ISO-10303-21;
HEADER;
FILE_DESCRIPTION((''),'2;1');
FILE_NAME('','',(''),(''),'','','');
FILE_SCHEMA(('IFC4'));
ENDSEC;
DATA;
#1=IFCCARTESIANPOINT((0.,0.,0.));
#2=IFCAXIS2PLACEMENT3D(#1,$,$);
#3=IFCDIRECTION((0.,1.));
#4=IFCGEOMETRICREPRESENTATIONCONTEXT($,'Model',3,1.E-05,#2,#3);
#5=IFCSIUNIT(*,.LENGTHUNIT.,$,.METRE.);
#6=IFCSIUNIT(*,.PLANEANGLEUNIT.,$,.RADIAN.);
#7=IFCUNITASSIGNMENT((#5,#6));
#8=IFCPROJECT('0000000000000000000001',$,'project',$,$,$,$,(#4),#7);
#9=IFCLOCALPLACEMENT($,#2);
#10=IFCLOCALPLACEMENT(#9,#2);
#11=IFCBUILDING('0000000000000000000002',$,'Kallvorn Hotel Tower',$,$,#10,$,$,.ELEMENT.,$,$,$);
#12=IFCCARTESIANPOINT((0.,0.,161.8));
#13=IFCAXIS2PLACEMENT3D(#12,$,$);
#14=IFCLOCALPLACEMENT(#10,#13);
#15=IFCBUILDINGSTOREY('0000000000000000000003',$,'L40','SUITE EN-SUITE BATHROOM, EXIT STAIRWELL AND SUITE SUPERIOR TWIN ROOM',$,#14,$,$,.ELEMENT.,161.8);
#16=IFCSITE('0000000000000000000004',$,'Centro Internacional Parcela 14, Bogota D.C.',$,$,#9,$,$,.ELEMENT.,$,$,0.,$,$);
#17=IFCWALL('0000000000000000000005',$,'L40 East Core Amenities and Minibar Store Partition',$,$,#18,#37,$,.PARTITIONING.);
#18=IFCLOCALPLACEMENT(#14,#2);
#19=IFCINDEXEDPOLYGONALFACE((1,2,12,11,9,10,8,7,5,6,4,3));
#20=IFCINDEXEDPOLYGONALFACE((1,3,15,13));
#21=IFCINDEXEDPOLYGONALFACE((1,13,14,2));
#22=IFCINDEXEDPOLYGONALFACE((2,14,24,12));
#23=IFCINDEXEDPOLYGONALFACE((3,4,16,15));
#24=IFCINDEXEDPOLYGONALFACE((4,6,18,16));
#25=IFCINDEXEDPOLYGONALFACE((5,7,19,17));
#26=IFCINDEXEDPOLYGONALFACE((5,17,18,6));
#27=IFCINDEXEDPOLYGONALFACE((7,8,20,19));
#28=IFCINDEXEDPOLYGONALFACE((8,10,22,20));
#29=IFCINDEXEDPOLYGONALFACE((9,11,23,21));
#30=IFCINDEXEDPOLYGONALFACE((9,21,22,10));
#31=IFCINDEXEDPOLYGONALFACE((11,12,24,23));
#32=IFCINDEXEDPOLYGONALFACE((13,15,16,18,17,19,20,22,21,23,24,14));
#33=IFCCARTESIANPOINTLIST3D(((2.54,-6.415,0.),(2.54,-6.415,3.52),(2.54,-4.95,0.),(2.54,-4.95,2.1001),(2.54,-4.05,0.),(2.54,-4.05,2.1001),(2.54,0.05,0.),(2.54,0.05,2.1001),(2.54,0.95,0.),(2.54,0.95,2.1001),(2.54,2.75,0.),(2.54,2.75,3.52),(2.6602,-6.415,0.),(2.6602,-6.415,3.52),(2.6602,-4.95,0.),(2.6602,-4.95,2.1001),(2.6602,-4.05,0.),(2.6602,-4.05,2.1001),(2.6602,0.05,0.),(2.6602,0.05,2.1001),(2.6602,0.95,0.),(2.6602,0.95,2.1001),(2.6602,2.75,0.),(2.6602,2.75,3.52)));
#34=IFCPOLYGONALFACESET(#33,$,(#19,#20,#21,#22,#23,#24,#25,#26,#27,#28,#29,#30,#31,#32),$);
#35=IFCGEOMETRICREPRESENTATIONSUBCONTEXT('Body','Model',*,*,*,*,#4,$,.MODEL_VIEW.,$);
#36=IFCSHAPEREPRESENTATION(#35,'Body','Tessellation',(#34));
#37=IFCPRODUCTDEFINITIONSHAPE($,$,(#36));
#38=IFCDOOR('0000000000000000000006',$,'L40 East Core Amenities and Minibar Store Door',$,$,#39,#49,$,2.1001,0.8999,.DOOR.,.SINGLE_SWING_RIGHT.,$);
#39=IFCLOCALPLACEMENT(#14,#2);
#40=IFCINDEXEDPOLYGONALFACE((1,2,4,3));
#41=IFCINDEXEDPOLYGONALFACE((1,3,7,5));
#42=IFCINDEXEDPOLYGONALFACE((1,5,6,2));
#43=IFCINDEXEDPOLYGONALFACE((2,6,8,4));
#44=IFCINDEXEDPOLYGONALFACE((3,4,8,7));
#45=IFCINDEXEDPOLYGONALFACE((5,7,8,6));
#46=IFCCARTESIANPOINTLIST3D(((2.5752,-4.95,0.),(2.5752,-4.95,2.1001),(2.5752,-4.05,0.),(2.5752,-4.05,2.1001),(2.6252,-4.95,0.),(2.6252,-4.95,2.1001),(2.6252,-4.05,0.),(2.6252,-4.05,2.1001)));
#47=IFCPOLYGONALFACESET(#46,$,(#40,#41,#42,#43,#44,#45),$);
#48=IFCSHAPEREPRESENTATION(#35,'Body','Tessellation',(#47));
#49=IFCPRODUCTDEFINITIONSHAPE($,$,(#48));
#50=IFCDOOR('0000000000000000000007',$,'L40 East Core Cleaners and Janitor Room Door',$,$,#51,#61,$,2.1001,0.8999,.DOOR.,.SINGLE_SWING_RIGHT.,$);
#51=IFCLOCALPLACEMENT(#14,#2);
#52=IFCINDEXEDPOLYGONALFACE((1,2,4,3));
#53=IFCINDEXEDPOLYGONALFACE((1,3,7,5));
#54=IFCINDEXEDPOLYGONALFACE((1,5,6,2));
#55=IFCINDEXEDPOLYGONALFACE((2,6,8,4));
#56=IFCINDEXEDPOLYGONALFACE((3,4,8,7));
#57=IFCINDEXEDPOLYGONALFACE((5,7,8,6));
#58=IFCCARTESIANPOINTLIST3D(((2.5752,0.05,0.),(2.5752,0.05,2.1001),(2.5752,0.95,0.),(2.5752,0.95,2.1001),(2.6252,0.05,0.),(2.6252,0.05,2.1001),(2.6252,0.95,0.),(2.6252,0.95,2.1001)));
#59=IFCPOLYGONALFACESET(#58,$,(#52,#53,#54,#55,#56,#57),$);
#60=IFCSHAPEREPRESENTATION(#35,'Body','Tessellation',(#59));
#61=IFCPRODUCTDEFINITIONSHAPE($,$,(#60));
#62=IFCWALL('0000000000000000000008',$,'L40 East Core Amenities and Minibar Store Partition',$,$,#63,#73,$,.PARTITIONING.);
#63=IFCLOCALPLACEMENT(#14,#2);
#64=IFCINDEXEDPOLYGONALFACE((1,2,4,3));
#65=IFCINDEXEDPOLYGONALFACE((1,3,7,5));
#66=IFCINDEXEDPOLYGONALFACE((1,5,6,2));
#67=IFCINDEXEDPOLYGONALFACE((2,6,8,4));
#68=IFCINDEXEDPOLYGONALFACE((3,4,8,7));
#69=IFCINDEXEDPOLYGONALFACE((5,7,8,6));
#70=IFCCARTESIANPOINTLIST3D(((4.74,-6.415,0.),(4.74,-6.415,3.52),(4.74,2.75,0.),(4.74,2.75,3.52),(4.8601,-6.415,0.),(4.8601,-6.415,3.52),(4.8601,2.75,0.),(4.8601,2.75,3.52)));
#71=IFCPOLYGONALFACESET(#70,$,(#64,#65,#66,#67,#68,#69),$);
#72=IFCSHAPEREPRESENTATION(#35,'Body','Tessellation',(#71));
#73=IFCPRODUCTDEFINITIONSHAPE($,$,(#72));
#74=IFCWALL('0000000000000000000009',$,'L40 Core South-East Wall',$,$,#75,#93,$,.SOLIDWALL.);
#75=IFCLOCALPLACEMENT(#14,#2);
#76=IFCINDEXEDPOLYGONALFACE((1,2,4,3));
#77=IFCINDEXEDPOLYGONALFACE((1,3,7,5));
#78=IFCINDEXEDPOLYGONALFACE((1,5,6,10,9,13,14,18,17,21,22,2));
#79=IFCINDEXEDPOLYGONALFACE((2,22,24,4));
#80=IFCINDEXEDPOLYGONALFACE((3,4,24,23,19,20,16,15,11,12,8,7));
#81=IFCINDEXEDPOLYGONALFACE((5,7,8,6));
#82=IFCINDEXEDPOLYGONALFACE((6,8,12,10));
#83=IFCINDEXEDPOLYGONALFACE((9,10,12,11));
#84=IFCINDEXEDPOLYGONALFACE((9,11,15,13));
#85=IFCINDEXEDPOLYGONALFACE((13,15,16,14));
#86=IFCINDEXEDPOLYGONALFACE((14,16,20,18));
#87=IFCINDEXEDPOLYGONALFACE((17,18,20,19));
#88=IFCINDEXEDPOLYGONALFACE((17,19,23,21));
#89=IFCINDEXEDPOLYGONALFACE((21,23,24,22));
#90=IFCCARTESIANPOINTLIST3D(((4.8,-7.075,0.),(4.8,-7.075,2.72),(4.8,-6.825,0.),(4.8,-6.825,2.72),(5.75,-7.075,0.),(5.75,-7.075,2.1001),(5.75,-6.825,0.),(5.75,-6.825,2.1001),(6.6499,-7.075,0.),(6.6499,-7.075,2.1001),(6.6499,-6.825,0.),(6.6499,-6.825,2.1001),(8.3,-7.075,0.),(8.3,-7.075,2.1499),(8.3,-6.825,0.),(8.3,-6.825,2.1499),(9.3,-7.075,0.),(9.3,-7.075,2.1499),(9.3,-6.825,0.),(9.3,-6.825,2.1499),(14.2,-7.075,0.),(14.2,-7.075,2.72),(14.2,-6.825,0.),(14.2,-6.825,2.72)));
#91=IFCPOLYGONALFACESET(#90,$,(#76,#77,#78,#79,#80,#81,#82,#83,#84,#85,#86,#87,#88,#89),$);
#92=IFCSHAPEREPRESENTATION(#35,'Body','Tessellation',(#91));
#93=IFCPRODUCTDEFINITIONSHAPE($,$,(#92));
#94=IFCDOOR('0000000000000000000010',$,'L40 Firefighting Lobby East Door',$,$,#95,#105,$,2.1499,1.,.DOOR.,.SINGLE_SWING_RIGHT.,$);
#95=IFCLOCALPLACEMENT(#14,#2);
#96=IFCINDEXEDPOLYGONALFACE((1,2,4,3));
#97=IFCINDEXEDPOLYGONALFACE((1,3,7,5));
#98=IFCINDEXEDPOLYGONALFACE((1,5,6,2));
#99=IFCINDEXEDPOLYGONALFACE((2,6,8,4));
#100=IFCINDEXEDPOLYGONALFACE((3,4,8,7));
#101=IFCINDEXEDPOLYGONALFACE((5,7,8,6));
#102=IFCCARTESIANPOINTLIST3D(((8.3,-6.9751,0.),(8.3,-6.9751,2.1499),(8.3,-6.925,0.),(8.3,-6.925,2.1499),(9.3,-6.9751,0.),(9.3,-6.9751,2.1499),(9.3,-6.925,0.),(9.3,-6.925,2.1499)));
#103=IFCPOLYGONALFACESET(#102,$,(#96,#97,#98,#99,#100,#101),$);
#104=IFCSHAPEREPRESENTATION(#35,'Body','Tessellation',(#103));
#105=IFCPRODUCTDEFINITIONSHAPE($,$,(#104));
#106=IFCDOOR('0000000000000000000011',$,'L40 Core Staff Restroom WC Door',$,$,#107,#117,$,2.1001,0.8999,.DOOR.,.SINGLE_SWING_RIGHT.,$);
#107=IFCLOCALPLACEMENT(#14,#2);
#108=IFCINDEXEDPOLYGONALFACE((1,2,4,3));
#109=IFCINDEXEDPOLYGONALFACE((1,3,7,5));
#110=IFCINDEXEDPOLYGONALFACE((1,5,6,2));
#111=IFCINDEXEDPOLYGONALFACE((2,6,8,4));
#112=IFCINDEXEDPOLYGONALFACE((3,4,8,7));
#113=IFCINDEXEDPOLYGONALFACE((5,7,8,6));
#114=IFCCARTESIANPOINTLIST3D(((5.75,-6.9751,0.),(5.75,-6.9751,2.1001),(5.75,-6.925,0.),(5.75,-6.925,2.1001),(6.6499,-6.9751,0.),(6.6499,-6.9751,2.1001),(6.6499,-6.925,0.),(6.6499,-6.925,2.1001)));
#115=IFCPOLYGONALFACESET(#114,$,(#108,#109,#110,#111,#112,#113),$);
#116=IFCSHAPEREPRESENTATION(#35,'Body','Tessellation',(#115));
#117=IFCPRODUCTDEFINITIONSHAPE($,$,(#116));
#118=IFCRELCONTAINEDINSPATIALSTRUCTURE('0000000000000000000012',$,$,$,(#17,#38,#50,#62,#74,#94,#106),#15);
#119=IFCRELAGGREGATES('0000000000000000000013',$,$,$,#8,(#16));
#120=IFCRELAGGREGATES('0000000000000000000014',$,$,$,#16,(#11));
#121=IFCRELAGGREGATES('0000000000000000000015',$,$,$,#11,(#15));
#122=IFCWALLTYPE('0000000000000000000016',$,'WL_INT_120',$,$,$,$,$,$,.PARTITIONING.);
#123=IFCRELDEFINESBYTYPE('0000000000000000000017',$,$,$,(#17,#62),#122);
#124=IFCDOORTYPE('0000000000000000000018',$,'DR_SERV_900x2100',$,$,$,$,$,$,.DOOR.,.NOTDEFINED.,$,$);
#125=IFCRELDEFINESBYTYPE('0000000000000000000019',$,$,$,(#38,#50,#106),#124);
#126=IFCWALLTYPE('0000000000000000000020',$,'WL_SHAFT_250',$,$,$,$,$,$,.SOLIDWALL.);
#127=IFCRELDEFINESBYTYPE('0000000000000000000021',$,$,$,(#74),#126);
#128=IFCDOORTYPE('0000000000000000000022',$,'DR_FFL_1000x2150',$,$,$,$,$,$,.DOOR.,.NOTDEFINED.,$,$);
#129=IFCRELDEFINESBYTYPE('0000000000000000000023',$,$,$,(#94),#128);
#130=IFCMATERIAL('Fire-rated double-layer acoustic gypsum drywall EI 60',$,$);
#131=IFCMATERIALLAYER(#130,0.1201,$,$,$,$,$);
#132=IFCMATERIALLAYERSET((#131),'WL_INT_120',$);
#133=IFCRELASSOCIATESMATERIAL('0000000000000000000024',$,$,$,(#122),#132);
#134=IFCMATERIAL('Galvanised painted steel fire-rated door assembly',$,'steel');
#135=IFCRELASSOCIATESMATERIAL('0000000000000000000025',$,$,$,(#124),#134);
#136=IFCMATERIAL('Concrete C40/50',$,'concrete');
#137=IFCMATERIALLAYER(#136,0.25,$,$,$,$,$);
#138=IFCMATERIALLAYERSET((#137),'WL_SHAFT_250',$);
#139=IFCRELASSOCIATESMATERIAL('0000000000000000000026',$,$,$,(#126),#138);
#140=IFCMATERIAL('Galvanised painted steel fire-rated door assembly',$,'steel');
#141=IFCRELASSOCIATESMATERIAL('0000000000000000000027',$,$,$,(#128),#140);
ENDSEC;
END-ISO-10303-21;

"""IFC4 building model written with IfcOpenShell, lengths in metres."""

from ifc_helpers import new_model, si_unit, direction, frame, frame_2d, origin, place, context, subcontext, project, spatial, rectangle, extrude, material, layer, layer_set, type_object, element, fill, save


model = new_model("IFC4")

# Units and contexts
model_context = context("Model", 3, precision=1e-05, world=origin(), true_north=direction((0.0, 1.0)))
body_context = subcontext(model_context, "Body", "Model", "MODEL_VIEW")
ifc_project = project(units=[si_unit("LENGTHUNIT", "METRE"), si_unit("PLANEANGLEUNIT", "RADIAN")], contexts=[model_context])

# Site, building, storey
site_placement = place(None, origin())
site = spatial("IfcSite", under=ifc_project, at=site_placement, Name="Centro Internacional Parcela 14, Bogota D.C.", CompositionType="ELEMENT", RefElevation=0.0)
building_placement = place(site_placement, origin())
building = spatial("IfcBuilding", under=site, at=building_placement, Name="Kallvorn Hotel Tower", CompositionType="ELEMENT")
storey_placement = place(building_placement, frame((0.0, 0.0, 161.8)))
storey = spatial("IfcBuildingStorey", under=building, at=storey_placement, Name="L40", Description="SUITE EN-SUITE BATHROOM, EXIT STAIRWELL AND SUITE SUPERIOR TWIN ROOM", CompositionType="ELEMENT", Elevation=161.8)

# Shared definitions
ifc_material_1 = material(Name="Fire-rated double-layer acoustic gypsum drywall EI 60")
ifc_layer_1 = layer(ifc_material_1, 0.1201)
ifc_layer_set_1 = layer_set([ifc_layer_1], Name="WL_INT_120")
wall_type_1 = type_object("IfcWallType", Name="WL_INT_120", PredefinedType="PARTITIONING", material=ifc_layer_set_1)

# Wall, openings, doors
wall_1_placement = place(storey_placement, frame((2.6001, -6.415, 0.0), z_axis=(0.0, 0.0, 1.0), x_axis=(0.0, 1.0, 0.0)))
wall_1 = element("IfcWall", 1, at=wall_1_placement, inside=storey, type_object=wall_type_1, Name="L40 East Core Amenities and Minibar Store Partition", PredefinedType="PARTITIONING", context=body_context, shape_type="SweptSolid", body=[
    extrude(rectangle(XDim=9.165, YDim=0.1201, at=frame_2d((4.5825, 0.0))), origin(), (0.0, 0.0, 1.0), 3.52),
])
opening_1_placement = place(wall_1_placement, frame((1.4651, 0.0, 0.0)))
opening_1 = element("IfcOpeningElement", 2, at=opening_1_placement, cuts=wall_1, PredefinedType="OPENING", context=body_context, shape_type="SweptSolid", body=[
    extrude(rectangle(XDim=0.8999, YDim=2.1001, at=frame_2d((0.45, 1.05))), frame((0.0, 0.075, 0.0), z_axis=(0.0, -1.0, 0.0), x_axis=(1.0, 0.0, 0.0)), (0.0, 0.0, 1.0), 0.1501),
])
opening_2_placement = place(wall_1_placement, frame((6.4651, 0.0, 0.0)))
opening_2 = element("IfcOpeningElement", 3, at=opening_2_placement, cuts=wall_1, PredefinedType="OPENING", context=body_context, shape_type="SweptSolid", body=[
    extrude(rectangle(XDim=0.8999, YDim=2.1001, at=frame_2d((0.45, 1.05))), frame((0.0, 0.075, 0.0), z_axis=(0.0, -1.0, 0.0), x_axis=(1.0, 0.0, 0.0)), (0.0, 0.0, 1.0), 0.1501),
])
ifc_material_2 = material(Name="Galvanised painted steel fire-rated door assembly", Category="steel")
door_type_1 = type_object("IfcDoorType", Name="DR_SERV_900x2100", OperationType="NOTDEFINED", PredefinedType="DOOR", material=ifc_material_2)
door_1_placement = place(opening_1_placement, origin())
door_1 = element("IfcDoor", 4, at=door_1_placement, inside=storey, type_object=door_type_1, Name="L40 East Core Amenities and Minibar Store Door", OperationType="SINGLE_SWING_RIGHT", OverallHeight=2.1001, OverallWidth=0.8999, PredefinedType="DOOR", context=body_context, shape_type="SweptSolid", body=[
    extrude(rectangle(XDim=0.8999, YDim=2.1001, at=frame_2d((0.45, 1.05))), frame((0.0, 0.0249, 0.0), z_axis=(0.0, -1.0, 0.0), x_axis=(1.0, 0.0, 0.0)), (0.0, 0.0, 1.0), 0.05),
])
fill(opening_1, door_1)
door_2_placement = place(opening_2_placement, origin())
door_2 = element("IfcDoor", 5, at=door_2_placement, inside=storey, type_object=door_type_1, Name="L40 East Core Cleaners and Janitor Room Door", OperationType="SINGLE_SWING_RIGHT", OverallHeight=2.1001, OverallWidth=0.8999, PredefinedType="DOOR", context=body_context, shape_type="SweptSolid", body=[
    extrude(rectangle(XDim=0.8999, YDim=2.1001, at=frame_2d((0.45, 1.05))), frame((0.0, 0.0249, 0.0), z_axis=(0.0, -1.0, 0.0), x_axis=(1.0, 0.0, 0.0)), (0.0, 0.0, 1.0), 0.05),
])
fill(opening_2, door_2)

# Wall
wall_2_placement = place(storey_placement, frame((4.8, -6.415, 0.0), z_axis=(0.0, 0.0, 1.0), x_axis=(0.0, 1.0, 0.0)))
element("IfcWall", 6, at=wall_2_placement, inside=storey, type_object=wall_type_1, Name="L40 East Core Amenities and Minibar Store Partition", PredefinedType="PARTITIONING", context=body_context, shape_type="SweptSolid", body=[
    extrude(rectangle(XDim=9.165, YDim=0.1201, at=frame_2d((4.5825, 0.0))), origin(), (0.0, 0.0, 1.0), 3.52),
])

# Wall, openings, doors
ifc_material_3 = material(Name="Concrete C40/50", Category="concrete")
ifc_layer_2 = layer(ifc_material_3, 0.25)
ifc_layer_set_2 = layer_set([ifc_layer_2], Name="WL_SHAFT_250")
wall_type_2 = type_object("IfcWallType", Name="WL_SHAFT_250", PredefinedType="SOLIDWALL", material=ifc_layer_set_2)
wall_3_placement = place(storey_placement, frame((4.8, -6.95, 0.0), z_axis=(0.0, 0.0, 1.0), x_axis=(1.0, 0.0, 0.0)))
wall_3 = element("IfcWall", 7, at=wall_3_placement, inside=storey, type_object=wall_type_2, Name="L40 Core South-East Wall", PredefinedType="SOLIDWALL", context=body_context, shape_type="SweptSolid", body=[
    extrude(rectangle(XDim=9.3999, YDim=0.25, at=frame_2d((4.7, 0.0))), origin(), (0.0, 0.0, 1.0), 2.72),
])
opening_3_placement = place(wall_3_placement, frame((3.5, 0.0, 0.0)))
opening_3 = element("IfcOpeningElement", 8, at=opening_3_placement, cuts=wall_3, PredefinedType="OPENING", context=body_context, shape_type="SweptSolid", body=[
    extrude(rectangle(XDim=1.0, YDim=2.1499, at=frame_2d((0.5, 1.075))), frame((0.0, 0.1399, 0.0), z_axis=(0.0, -1.0, 0.0), x_axis=(1.0, 0.0, 0.0)), (0.0, 0.0, 1.0), 0.28),
])
opening_4_placement = place(wall_3_placement, frame((0.95, 0.0, 0.0)))
opening_4 = element("IfcOpeningElement", 9, at=opening_4_placement, cuts=wall_3, PredefinedType="OPENING", context=body_context, shape_type="SweptSolid", body=[
    extrude(rectangle(XDim=0.8999, YDim=2.1001, at=frame_2d((0.45, 1.05))), frame((0.0, 0.1399, 0.0), z_axis=(0.0, -1.0, 0.0), x_axis=(1.0, 0.0, 0.0)), (0.0, 0.0, 1.0), 0.28),
])
ifc_material_4 = material(Name="Galvanised painted steel fire-rated door assembly", Category="steel")
door_type_2 = type_object("IfcDoorType", Name="DR_FFL_1000x2150", OperationType="NOTDEFINED", PredefinedType="DOOR", material=ifc_material_4)
door_3_placement = place(opening_3_placement, origin())
door_3 = element("IfcDoor", 10, at=door_3_placement, inside=storey, type_object=door_type_2, Name="L40 Firefighting Lobby East Door", OperationType="SINGLE_SWING_RIGHT", OverallHeight=2.1499, OverallWidth=1.0, PredefinedType="DOOR", context=body_context, shape_type="SweptSolid", body=[
    extrude(rectangle(XDim=1.0, YDim=2.1499, at=frame_2d((0.5, 1.075))), frame((0.0, 0.0249, 0.0), z_axis=(0.0, -1.0, 0.0), x_axis=(1.0, 0.0, 0.0)), (0.0, 0.0, 1.0), 0.05),
])
fill(opening_3, door_3)
door_4_placement = place(opening_4_placement, origin())
door_4 = element("IfcDoor", 11, at=door_4_placement, inside=storey, type_object=door_type_1, Name="L40 Core Staff Restroom WC Door", OperationType="SINGLE_SWING_RIGHT", OverallHeight=2.1001, OverallWidth=0.8999, PredefinedType="DOOR", context=body_context, shape_type="SweptSolid", body=[
    extrude(rectangle(XDim=0.8999, YDim=2.1001, at=frame_2d((0.45, 1.05))), frame((0.0, 0.0249, 0.0), z_axis=(0.0, -1.0, 0.0), x_axis=(1.0, 0.0, 0.0)), (0.0, 0.0, 1.0), 0.05),
])
fill(opening_4, door_4)

save(model, "model.ifc")
